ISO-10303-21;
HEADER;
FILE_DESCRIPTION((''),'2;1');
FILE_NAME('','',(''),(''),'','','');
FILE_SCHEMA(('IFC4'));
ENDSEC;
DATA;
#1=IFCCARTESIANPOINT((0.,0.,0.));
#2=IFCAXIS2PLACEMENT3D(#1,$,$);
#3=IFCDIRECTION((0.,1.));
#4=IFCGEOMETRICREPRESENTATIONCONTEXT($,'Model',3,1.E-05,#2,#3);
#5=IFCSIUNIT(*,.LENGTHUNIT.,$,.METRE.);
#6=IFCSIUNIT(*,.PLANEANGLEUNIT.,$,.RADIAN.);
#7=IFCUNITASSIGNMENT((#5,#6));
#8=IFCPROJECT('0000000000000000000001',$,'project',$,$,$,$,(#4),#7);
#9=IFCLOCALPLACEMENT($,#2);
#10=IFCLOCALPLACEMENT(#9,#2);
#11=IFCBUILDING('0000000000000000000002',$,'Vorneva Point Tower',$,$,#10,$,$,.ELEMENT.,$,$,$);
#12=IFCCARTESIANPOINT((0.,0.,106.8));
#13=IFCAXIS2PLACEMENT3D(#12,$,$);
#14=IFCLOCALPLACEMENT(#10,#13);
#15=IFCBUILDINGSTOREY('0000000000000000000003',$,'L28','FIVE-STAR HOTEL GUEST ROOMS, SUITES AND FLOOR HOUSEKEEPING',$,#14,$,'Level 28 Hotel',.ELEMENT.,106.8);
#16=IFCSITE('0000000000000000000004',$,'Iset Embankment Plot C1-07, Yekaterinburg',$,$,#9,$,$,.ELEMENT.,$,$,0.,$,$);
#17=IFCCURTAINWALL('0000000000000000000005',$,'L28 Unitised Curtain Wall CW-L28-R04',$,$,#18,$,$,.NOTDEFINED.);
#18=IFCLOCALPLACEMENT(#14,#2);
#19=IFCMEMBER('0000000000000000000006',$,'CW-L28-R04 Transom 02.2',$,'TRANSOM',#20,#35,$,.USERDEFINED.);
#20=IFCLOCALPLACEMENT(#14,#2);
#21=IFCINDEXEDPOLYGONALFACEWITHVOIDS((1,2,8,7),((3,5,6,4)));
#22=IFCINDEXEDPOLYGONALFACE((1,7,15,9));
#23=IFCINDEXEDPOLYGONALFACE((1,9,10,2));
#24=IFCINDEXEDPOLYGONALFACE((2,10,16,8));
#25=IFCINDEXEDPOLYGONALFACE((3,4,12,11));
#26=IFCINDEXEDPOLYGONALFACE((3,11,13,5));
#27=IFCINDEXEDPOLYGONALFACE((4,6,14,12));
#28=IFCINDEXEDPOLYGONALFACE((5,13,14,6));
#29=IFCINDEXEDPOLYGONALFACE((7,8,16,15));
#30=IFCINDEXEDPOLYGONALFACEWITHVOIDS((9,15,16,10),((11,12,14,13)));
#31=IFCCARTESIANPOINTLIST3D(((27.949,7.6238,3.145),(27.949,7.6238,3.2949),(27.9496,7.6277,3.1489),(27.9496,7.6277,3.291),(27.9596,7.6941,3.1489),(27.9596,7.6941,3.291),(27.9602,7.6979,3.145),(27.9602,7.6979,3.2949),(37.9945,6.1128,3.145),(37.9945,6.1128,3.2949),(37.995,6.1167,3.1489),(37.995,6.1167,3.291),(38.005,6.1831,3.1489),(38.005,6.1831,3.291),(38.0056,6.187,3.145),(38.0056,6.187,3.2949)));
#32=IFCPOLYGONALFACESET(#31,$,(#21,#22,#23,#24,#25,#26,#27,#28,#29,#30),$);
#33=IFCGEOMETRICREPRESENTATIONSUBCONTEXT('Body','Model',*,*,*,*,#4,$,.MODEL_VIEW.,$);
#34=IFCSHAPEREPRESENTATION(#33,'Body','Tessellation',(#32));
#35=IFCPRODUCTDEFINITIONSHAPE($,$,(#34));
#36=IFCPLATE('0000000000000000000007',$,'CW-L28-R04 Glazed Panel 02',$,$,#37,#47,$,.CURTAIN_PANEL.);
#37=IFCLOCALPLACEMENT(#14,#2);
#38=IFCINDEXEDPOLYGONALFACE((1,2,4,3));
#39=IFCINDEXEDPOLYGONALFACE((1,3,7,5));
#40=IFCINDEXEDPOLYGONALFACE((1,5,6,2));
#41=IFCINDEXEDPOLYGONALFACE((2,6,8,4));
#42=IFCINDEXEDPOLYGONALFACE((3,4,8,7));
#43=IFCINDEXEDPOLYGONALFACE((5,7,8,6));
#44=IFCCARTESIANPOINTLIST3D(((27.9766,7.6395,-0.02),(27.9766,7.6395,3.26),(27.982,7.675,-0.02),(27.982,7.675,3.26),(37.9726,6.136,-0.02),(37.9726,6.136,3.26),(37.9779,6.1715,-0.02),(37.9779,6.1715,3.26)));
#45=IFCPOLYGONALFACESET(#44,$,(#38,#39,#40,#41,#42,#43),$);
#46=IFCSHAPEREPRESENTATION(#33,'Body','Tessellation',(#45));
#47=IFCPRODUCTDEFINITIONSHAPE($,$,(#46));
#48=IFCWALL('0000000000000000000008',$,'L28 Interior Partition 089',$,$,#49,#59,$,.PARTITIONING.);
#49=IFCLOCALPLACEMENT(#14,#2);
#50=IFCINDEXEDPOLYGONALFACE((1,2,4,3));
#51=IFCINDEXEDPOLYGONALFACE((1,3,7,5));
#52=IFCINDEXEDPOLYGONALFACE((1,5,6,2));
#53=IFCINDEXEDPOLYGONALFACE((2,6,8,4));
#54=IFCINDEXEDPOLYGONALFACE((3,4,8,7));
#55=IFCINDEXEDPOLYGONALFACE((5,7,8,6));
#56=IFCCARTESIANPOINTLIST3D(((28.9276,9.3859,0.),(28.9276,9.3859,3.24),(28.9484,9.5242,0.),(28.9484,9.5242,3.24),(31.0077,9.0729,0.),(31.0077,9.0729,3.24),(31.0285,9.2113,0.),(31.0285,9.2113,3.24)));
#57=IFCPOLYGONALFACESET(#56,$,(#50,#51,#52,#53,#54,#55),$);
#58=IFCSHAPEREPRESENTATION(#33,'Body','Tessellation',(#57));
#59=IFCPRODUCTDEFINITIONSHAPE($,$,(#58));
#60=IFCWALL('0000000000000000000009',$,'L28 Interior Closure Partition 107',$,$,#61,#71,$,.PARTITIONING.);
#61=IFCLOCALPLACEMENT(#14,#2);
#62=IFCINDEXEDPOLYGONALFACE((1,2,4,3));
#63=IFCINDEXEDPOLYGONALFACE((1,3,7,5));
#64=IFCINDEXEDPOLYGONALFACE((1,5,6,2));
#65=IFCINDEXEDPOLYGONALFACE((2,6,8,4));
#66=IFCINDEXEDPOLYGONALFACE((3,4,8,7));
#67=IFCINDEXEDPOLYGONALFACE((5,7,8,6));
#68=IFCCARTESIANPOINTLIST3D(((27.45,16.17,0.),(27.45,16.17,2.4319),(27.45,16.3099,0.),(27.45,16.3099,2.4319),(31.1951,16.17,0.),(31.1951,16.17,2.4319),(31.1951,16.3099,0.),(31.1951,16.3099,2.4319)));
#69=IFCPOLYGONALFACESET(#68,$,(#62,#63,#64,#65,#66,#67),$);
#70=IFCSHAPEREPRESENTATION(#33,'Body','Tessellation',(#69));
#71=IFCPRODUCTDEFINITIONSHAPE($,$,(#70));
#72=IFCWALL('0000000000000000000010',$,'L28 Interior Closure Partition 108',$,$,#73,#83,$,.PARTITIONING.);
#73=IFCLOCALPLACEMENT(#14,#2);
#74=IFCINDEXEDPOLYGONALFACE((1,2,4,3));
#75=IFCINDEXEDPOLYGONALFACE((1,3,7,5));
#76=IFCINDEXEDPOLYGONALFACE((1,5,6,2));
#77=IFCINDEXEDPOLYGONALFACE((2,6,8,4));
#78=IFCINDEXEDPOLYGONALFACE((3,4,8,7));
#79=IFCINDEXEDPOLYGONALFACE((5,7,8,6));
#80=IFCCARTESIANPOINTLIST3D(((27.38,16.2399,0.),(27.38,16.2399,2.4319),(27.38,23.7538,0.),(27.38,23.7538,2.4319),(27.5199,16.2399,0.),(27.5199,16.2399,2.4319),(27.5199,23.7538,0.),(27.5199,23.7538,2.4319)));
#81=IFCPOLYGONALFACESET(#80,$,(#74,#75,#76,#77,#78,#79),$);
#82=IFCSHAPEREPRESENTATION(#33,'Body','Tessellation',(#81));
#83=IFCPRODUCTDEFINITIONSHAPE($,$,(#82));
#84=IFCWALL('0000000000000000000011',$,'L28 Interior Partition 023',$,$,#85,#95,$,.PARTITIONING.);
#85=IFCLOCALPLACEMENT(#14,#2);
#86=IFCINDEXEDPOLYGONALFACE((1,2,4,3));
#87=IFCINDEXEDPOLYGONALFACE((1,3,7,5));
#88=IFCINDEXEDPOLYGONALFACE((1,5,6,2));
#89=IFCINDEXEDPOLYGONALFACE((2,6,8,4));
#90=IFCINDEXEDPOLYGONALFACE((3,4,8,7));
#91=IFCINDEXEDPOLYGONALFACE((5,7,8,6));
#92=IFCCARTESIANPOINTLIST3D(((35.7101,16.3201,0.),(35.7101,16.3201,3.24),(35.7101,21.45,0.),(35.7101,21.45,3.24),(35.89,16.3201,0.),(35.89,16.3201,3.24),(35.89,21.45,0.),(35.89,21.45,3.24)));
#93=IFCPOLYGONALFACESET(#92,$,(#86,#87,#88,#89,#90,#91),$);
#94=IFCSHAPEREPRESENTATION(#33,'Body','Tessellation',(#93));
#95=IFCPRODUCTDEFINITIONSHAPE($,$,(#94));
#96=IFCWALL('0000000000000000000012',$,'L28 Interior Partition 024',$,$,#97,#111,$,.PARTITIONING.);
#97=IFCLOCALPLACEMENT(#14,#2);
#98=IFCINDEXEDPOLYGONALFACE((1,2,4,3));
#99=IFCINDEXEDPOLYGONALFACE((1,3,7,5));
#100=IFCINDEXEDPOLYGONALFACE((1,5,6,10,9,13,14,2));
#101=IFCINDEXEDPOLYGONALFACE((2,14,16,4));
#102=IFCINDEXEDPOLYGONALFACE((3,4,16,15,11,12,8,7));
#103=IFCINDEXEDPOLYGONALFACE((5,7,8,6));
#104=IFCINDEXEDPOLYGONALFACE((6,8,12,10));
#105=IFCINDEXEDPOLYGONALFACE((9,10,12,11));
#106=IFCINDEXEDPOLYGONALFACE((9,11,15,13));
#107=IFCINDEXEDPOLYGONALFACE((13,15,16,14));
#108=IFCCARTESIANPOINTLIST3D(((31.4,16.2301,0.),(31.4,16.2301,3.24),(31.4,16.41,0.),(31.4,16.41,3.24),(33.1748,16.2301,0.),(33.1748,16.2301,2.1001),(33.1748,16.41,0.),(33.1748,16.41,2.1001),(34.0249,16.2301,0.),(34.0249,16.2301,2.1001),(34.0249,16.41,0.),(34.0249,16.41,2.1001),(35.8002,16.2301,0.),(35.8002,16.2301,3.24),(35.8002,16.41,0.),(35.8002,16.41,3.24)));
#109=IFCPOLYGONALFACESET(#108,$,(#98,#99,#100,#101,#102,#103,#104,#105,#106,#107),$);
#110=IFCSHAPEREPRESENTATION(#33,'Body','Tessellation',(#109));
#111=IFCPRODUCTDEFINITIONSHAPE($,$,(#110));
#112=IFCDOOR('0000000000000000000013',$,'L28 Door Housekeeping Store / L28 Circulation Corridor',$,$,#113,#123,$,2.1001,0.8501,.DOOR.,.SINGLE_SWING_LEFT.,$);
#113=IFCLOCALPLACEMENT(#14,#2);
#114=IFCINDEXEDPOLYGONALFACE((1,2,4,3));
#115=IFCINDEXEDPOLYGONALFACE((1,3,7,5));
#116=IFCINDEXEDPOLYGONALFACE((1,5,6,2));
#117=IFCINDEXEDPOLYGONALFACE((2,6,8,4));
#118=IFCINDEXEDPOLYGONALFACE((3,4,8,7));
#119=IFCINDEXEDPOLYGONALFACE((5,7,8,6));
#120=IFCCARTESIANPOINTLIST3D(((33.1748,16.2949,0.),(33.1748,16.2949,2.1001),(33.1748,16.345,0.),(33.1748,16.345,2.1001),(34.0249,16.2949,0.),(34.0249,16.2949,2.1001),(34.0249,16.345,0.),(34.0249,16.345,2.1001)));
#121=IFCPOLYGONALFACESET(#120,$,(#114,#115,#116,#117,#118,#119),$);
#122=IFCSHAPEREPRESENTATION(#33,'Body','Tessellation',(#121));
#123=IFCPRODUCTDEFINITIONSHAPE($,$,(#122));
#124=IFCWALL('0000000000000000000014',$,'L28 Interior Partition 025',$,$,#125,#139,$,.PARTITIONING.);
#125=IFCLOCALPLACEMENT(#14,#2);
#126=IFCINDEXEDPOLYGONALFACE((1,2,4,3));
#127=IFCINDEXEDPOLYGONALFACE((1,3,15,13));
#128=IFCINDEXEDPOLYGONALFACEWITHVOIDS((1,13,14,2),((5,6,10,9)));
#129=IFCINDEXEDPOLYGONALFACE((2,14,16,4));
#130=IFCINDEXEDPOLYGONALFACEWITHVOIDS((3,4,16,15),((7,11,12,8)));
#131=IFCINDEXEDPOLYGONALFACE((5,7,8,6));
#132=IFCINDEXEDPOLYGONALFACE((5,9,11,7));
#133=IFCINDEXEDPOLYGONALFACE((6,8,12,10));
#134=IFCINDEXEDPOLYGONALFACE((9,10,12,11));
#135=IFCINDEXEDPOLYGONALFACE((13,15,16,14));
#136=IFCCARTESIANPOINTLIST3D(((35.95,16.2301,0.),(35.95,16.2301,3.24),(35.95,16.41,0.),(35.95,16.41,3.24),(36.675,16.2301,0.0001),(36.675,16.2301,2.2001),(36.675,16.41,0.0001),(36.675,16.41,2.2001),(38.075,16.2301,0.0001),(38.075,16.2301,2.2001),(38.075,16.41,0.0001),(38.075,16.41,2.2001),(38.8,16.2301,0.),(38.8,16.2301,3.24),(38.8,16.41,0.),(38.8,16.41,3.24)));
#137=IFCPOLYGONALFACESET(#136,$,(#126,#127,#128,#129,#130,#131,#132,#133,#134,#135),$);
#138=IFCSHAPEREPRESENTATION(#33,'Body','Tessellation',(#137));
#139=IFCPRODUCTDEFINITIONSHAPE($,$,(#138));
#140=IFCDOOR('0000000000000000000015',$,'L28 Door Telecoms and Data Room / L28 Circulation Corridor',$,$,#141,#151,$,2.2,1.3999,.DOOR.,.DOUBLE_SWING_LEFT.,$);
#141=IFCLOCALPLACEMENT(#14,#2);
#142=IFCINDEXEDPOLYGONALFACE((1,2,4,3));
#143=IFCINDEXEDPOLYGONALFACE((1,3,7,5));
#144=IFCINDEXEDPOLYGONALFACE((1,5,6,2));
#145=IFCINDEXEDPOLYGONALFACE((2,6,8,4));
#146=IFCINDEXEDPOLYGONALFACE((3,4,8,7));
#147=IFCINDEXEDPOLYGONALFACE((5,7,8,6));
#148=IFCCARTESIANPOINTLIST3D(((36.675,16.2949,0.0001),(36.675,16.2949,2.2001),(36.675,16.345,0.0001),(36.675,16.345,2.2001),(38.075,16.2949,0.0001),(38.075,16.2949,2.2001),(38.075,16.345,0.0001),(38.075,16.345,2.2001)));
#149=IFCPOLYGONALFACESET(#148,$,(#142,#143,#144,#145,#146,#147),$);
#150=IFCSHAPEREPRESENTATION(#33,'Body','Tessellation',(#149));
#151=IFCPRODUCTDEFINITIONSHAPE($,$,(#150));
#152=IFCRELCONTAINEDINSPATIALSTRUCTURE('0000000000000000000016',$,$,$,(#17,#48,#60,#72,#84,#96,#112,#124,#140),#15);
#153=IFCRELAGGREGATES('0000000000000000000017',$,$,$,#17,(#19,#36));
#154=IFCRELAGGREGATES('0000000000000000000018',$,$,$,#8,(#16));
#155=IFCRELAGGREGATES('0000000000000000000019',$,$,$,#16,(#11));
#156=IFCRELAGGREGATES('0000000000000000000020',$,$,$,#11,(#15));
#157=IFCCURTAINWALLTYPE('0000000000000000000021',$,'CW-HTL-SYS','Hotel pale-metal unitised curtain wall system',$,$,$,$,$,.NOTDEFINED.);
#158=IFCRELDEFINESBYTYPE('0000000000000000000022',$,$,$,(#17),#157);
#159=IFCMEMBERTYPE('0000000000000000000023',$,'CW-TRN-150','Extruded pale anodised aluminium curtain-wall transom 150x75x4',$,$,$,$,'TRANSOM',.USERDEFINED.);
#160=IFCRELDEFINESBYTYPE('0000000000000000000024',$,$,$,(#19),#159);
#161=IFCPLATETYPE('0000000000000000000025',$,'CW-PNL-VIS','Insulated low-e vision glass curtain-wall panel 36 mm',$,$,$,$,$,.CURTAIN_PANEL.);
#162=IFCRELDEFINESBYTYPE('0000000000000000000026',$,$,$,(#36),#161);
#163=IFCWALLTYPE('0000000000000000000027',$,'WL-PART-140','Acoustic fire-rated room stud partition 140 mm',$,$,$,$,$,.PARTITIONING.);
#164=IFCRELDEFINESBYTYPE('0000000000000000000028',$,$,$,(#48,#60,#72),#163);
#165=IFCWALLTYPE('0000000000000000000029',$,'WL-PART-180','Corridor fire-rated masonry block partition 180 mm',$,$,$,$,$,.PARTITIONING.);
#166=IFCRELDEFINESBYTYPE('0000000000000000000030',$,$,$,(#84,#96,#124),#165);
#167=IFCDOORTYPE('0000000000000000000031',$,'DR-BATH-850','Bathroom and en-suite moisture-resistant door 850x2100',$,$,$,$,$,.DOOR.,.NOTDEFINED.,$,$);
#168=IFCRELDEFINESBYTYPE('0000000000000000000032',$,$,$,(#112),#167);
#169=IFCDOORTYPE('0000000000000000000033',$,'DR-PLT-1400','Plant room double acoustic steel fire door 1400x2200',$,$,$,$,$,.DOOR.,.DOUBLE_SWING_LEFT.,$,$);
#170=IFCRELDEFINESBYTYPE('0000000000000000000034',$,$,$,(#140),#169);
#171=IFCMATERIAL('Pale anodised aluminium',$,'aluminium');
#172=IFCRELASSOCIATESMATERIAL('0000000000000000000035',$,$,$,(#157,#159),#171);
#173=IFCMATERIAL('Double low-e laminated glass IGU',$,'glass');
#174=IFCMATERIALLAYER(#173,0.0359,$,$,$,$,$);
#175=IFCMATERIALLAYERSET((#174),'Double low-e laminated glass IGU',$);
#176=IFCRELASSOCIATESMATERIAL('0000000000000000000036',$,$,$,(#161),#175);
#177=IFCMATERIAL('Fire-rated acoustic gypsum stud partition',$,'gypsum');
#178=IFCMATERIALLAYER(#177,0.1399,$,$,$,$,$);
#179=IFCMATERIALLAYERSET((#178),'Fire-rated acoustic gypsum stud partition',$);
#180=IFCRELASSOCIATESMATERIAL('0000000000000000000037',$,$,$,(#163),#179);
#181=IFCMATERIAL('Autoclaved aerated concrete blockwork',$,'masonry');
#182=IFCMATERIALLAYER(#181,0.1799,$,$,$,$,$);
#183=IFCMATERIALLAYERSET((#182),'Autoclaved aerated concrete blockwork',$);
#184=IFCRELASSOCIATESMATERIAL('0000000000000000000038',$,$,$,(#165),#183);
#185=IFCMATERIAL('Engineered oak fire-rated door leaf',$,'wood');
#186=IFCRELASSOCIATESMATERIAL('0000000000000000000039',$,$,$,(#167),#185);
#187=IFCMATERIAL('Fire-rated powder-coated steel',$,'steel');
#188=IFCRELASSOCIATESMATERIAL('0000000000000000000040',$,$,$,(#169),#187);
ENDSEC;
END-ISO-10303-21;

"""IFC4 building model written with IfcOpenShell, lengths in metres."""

from ifc_helpers import new_model, si_unit, direction, frame, frame_2d, origin, origin_2d, place, context, subcontext, project, spatial, rectangle, hollow_rectangle, extrude, material, layer, layer_set, material_profile, profile_set, type_object, element, fill, aggregate, save


model = new_model("IFC4")

# Units and contexts
model_context = context("Model", 3, precision=1e-05, world=origin(), true_north=direction((0.0, 1.0)))
body_context = subcontext(model_context, "Body", "Model", "MODEL_VIEW")
ifc_project = project(units=[si_unit("LENGTHUNIT", "METRE"), si_unit("PLANEANGLEUNIT", "RADIAN")], contexts=[model_context])

# Site, building, storey
site_placement = place(None, origin())
site = spatial("IfcSite", under=ifc_project, at=site_placement, Name="Iset Embankment Plot C1-07, Yekaterinburg", CompositionType="ELEMENT", RefElevation=0.0)
building_placement = place(site_placement, origin())
building = spatial("IfcBuilding", under=site, at=building_placement, Name="Vorneva Point Tower", CompositionType="ELEMENT")
storey_placement = place(building_placement, frame((0.0, 0.0, 106.8)))
storey = spatial("IfcBuildingStorey", under=building, at=storey_placement, Name="L28", Description="FIVE-STAR HOTEL GUEST ROOMS, SUITES AND FLOOR HOUSEKEEPING", LongName="Level 28 Hotel", CompositionType="ELEMENT", Elevation=106.8)

# Curtain wall, member, plate
ifc_material_1 = material(Name="Pale anodised aluminium", Category="aluminium")
curtain_wall_type = type_object("IfcCurtainWallType", Name="CW-HTL-SYS", Description="Hotel pale-metal unitised curtain wall system", PredefinedType="NOTDEFINED", material=ifc_material_1)
curtain_wall_placement = place(storey_placement, origin())
curtain_wall = element("IfcCurtainWall", 1, at=curtain_wall_placement, inside=storey, type_object=curtain_wall_type, Name="L28 Unitised Curtain Wall CW-L28-R04", PredefinedType="NOTDEFINED")
ifc_material_profile_1 = material_profile(ifc_material_1, hollow_rectangle(XDim=0.075, YDim=0.1499, WallThickness=0.0039, at=origin_2d()), Name="AL-TRN 150x75x4")
ifc_profile_set_1 = profile_set([ifc_material_profile_1], Name="Pale anodised aluminium")
member_type_1 = type_object("IfcMemberType", Name="CW-TRN-150", Description="Extruded pale anodised aluminium curtain-wall transom 150x75x4", ElementType="TRANSOM", PredefinedType="USERDEFINED", material=ifc_profile_set_1)
member_1_placement = place(storey_placement, frame((27.9546, 7.6609, 3.22), z_axis=(0.988876, -0.148742, 0.0), x_axis=(0.148742, 0.988876, 0.0)))
member_1 = element("IfcMember", 2, at=member_1_placement, type_object=member_type_1, Name="CW-L28-R04 Transom 02.2", ObjectType="TRANSOM", PredefinedType="USERDEFINED", context=body_context, shape_type="SweptSolid", body=[
    extrude(hollow_rectangle(XDim=0.075, YDim=0.1499, WallThickness=0.0039, at=origin_2d()), origin(), (0.0, 0.0, 1.0), 10.1584),
])
ifc_material_2 = material(Name="Double low-e laminated glass IGU", Category="glass")
ifc_layer_1 = layer(ifc_material_2, 0.0359)
ifc_layer_set_1 = layer_set([ifc_layer_1], Name="Double low-e laminated glass IGU")
plate_type = type_object("IfcPlateType", Name="CW-PNL-VIS", Description="Insulated low-e vision glass curtain-wall panel 36 mm", PredefinedType="CURTAIN_PANEL", material=ifc_layer_set_1)
plate_placement = place(storey_placement, frame((32.9773, 6.9055, -0.02), z_axis=(0.0, 0.0, 1.0), x_axis=(0.988876, -0.148741, 0.0)))
plate = element("IfcPlate", 3, at=plate_placement, type_object=plate_type, Name="CW-L28-R04 Glazed Panel 02", PredefinedType="CURTAIN_PANEL", context=body_context, shape_type="SweptSolid", body=[
    extrude(rectangle(XDim=10.1084, YDim=0.0359, at=origin_2d()), origin(), (0.0, 0.0, 1.0), 3.28),
])
aggregate(curtain_wall, [member_1, plate])

# Walls
ifc_material_3 = material(Name="Fire-rated acoustic gypsum stud partition", Category="gypsum")
ifc_layer_2 = layer(ifc_material_3, 0.1399)
ifc_layer_set_2 = layer_set([ifc_layer_2], Name="Fire-rated acoustic gypsum stud partition")
wall_type_1 = type_object("IfcWallType", Name="WL-PART-140", Description="Acoustic fire-rated room stud partition 140 mm", PredefinedType="PARTITIONING", material=ifc_layer_set_2)
wall_1_placement = place(storey_placement, frame((28.938, 9.4551, 0.0), z_axis=(0.0, 0.0, 1.0), x_axis=(0.988868, -0.148794, 0.0)))
element("IfcWall", 4, at=wall_1_placement, inside=storey, type_object=wall_type_1, Name="L28 Interior Partition 089", PredefinedType="PARTITIONING", context=body_context, shape_type="SweptSolid", body=[
    extrude(rectangle(XDim=2.1035, YDim=0.1399, at=frame_2d((1.0518, 0.0))), origin(), (0.0, 0.0, 1.0), 3.24),
])
wall_2_placement = place(storey_placement, frame((31.1951, 16.24, 0.0), z_axis=(0.0, 0.0, 1.0), x_axis=(-1.0, 0.0, 0.0)))
element("IfcWall", 5, at=wall_2_placement, inside=storey, type_object=wall_type_1, Name="L28 Interior Closure Partition 107", PredefinedType="PARTITIONING", context=body_context, shape_type="SweptSolid", body=[
    extrude(rectangle(XDim=3.7451, YDim=0.1399, at=frame_2d((1.8726, 0.0))), origin(), (0.0, 0.0, 1.0), 2.4319),
])
wall_3_placement = place(storey_placement, frame((27.45, 16.24, 0.0), z_axis=(0.0, 0.0, 1.0), x_axis=(0.0, 1.0, 0.0)))
element("IfcWall", 6, at=wall_3_placement, inside=storey, type_object=wall_type_1, Name="L28 Interior Closure Partition 108", PredefinedType="PARTITIONING", context=body_context, shape_type="SweptSolid", body=[
    extrude(rectangle(XDim=7.5139, YDim=0.1399, at=frame_2d((3.7568, 0.0))), origin(), (0.0, 0.0, 1.0), 2.4319),
])
ifc_material_4 = material(Name="Autoclaved aerated concrete blockwork", Category="masonry")
ifc_layer_3 = layer(ifc_material_4, 0.1799)
ifc_layer_set_3 = layer_set([ifc_layer_3], Name="Autoclaved aerated concrete blockwork")
wall_type_2 = type_object("IfcWallType", Name="WL-PART-180", Description="Corridor fire-rated masonry block partition 180 mm", PredefinedType="PARTITIONING", material=ifc_layer_set_3)
wall_4_placement = place(storey_placement, frame((35.8, 16.3201, 0.0), z_axis=(0.0, 0.0, 1.0), x_axis=(0.0, 1.0, 0.0)))
element("IfcWall", 7, at=wall_4_placement, inside=storey, type_object=wall_type_2, Name="L28 Interior Partition 023", PredefinedType="PARTITIONING", context=body_context, shape_type="SweptSolid", body=[
    extrude(rectangle(XDim=5.1299, YDim=0.1799, at=frame_2d((2.5649, 0.0))), origin(), (0.0, 0.0, 1.0), 3.24),
])

# Walls, openings, doors
wall_5_placement = place(storey_placement, frame((31.3999, 16.3201, 0.0), z_axis=(0.0, 0.0, 1.0), x_axis=(1.0, 0.0, 0.0)))
wall_5 = element("IfcWall", 8, at=wall_5_placement, inside=storey, type_object=wall_type_2, Name="L28 Interior Partition 024", PredefinedType="PARTITIONING", context=body_context, shape_type="SweptSolid", body=[
    extrude(rectangle(XDim=4.4001, YDim=0.1799, at=frame_2d((2.2002, 0.0))), origin(), (0.0, 0.0, 1.0), 3.24),
])
opening_1_placement = place(wall_5_placement, frame((1.7749, 0.0, 0.0)))
opening_1 = element("IfcOpeningElement", 9, at=opening_1_placement, cuts=wall_5, PredefinedType="OPENING", context=body_context, shape_type="SweptSolid", body=[
    extrude(rectangle(XDim=0.8501, YDim=2.1001, at=frame_2d((0.425, 1.05))), frame((0.0, 0.105, 0.0), z_axis=(0.0, -1.0, 0.0), x_axis=(1.0, 0.0, 0.0)), (0.0, 0.0, 1.0), 0.2097),
])
ifc_material_5 = material(Name="Engineered oak fire-rated door leaf", Category="wood")
door_type_1 = type_object("IfcDoorType", Name="DR-BATH-850", Description="Bathroom and en-suite moisture-resistant door 850x2100", OperationType="NOTDEFINED", PredefinedType="DOOR", material=ifc_material_5)
door_1_placement = place(opening_1_placement, origin())
door_1 = element("IfcDoor", 10, at=door_1_placement, inside=storey, type_object=door_type_1, Name="L28 Door Housekeeping Store / L28 Circulation Corridor", OperationType="SINGLE_SWING_LEFT", OverallHeight=2.1001, OverallWidth=0.8501, PredefinedType="DOOR", context=body_context, shape_type="SweptSolid", body=[
    extrude(rectangle(XDim=0.8501, YDim=2.1001, at=frame_2d((0.425, 1.05))), frame((0.0, 0.0249, 0.0), z_axis=(0.0, -1.0, 0.0), x_axis=(1.0, 0.0, 0.0)), (0.0, 0.0, 1.0), 0.05),
])
fill(opening_1, door_1)
wall_6_placement = place(storey_placement, frame((35.95, 16.3201, 0.0), z_axis=(0.0, 0.0, 1.0), x_axis=(1.0, 0.0, 0.0)))
wall_6 = element("IfcWall", 11, at=wall_6_placement, inside=storey, type_object=wall_type_2, Name="L28 Interior Partition 025", PredefinedType="PARTITIONING", context=body_context, shape_type="SweptSolid", body=[
    extrude(rectangle(XDim=2.8501, YDim=0.1799, at=frame_2d((1.425, 0.0))), origin(), (0.0, 0.0, 1.0), 3.24),
])
opening_2_placement = place(wall_6_placement, frame((0.7251, 0.0, 0.0)))
opening_2 = element("IfcOpeningElement", 12, at=opening_2_placement, cuts=wall_6, PredefinedType="OPENING", context=body_context, shape_type="SweptSolid", body=[
    extrude(rectangle(XDim=1.3999, YDim=2.2, at=frame_2d((0.7, 1.1001))), frame((0.0, 0.105, 0.0), z_axis=(0.0, -1.0, 0.0), x_axis=(1.0, 0.0, 0.0)), (0.0, 0.0, 1.0), 0.2097),
])
ifc_material_6 = material(Name="Fire-rated powder-coated steel", Category="steel")
door_type_2 = type_object("IfcDoorType", Name="DR-PLT-1400", Description="Plant room double acoustic steel fire door 1400x2200", OperationType="DOUBLE_SWING_LEFT", PredefinedType="DOOR", material=ifc_material_6)
door_2_placement = place(opening_2_placement, origin())
door_2 = element("IfcDoor", 13, at=door_2_placement, inside=storey, type_object=door_type_2, Name="L28 Door Telecoms and Data Room / L28 Circulation Corridor", OperationType="DOUBLE_SWING_LEFT", OverallHeight=2.2, OverallWidth=1.3999, PredefinedType="DOOR", context=body_context, shape_type="SweptSolid", body=[
    extrude(rectangle(XDim=1.3999, YDim=2.2, at=frame_2d((0.7, 1.1001))), frame((0.0, 0.0249, 0.0), z_axis=(0.0, -1.0, 0.0), x_axis=(1.0, 0.0, 0.0)), (0.0, 0.0, 1.0), 0.05),
])
fill(opening_2, door_2)

save(model, "model.ifc")
